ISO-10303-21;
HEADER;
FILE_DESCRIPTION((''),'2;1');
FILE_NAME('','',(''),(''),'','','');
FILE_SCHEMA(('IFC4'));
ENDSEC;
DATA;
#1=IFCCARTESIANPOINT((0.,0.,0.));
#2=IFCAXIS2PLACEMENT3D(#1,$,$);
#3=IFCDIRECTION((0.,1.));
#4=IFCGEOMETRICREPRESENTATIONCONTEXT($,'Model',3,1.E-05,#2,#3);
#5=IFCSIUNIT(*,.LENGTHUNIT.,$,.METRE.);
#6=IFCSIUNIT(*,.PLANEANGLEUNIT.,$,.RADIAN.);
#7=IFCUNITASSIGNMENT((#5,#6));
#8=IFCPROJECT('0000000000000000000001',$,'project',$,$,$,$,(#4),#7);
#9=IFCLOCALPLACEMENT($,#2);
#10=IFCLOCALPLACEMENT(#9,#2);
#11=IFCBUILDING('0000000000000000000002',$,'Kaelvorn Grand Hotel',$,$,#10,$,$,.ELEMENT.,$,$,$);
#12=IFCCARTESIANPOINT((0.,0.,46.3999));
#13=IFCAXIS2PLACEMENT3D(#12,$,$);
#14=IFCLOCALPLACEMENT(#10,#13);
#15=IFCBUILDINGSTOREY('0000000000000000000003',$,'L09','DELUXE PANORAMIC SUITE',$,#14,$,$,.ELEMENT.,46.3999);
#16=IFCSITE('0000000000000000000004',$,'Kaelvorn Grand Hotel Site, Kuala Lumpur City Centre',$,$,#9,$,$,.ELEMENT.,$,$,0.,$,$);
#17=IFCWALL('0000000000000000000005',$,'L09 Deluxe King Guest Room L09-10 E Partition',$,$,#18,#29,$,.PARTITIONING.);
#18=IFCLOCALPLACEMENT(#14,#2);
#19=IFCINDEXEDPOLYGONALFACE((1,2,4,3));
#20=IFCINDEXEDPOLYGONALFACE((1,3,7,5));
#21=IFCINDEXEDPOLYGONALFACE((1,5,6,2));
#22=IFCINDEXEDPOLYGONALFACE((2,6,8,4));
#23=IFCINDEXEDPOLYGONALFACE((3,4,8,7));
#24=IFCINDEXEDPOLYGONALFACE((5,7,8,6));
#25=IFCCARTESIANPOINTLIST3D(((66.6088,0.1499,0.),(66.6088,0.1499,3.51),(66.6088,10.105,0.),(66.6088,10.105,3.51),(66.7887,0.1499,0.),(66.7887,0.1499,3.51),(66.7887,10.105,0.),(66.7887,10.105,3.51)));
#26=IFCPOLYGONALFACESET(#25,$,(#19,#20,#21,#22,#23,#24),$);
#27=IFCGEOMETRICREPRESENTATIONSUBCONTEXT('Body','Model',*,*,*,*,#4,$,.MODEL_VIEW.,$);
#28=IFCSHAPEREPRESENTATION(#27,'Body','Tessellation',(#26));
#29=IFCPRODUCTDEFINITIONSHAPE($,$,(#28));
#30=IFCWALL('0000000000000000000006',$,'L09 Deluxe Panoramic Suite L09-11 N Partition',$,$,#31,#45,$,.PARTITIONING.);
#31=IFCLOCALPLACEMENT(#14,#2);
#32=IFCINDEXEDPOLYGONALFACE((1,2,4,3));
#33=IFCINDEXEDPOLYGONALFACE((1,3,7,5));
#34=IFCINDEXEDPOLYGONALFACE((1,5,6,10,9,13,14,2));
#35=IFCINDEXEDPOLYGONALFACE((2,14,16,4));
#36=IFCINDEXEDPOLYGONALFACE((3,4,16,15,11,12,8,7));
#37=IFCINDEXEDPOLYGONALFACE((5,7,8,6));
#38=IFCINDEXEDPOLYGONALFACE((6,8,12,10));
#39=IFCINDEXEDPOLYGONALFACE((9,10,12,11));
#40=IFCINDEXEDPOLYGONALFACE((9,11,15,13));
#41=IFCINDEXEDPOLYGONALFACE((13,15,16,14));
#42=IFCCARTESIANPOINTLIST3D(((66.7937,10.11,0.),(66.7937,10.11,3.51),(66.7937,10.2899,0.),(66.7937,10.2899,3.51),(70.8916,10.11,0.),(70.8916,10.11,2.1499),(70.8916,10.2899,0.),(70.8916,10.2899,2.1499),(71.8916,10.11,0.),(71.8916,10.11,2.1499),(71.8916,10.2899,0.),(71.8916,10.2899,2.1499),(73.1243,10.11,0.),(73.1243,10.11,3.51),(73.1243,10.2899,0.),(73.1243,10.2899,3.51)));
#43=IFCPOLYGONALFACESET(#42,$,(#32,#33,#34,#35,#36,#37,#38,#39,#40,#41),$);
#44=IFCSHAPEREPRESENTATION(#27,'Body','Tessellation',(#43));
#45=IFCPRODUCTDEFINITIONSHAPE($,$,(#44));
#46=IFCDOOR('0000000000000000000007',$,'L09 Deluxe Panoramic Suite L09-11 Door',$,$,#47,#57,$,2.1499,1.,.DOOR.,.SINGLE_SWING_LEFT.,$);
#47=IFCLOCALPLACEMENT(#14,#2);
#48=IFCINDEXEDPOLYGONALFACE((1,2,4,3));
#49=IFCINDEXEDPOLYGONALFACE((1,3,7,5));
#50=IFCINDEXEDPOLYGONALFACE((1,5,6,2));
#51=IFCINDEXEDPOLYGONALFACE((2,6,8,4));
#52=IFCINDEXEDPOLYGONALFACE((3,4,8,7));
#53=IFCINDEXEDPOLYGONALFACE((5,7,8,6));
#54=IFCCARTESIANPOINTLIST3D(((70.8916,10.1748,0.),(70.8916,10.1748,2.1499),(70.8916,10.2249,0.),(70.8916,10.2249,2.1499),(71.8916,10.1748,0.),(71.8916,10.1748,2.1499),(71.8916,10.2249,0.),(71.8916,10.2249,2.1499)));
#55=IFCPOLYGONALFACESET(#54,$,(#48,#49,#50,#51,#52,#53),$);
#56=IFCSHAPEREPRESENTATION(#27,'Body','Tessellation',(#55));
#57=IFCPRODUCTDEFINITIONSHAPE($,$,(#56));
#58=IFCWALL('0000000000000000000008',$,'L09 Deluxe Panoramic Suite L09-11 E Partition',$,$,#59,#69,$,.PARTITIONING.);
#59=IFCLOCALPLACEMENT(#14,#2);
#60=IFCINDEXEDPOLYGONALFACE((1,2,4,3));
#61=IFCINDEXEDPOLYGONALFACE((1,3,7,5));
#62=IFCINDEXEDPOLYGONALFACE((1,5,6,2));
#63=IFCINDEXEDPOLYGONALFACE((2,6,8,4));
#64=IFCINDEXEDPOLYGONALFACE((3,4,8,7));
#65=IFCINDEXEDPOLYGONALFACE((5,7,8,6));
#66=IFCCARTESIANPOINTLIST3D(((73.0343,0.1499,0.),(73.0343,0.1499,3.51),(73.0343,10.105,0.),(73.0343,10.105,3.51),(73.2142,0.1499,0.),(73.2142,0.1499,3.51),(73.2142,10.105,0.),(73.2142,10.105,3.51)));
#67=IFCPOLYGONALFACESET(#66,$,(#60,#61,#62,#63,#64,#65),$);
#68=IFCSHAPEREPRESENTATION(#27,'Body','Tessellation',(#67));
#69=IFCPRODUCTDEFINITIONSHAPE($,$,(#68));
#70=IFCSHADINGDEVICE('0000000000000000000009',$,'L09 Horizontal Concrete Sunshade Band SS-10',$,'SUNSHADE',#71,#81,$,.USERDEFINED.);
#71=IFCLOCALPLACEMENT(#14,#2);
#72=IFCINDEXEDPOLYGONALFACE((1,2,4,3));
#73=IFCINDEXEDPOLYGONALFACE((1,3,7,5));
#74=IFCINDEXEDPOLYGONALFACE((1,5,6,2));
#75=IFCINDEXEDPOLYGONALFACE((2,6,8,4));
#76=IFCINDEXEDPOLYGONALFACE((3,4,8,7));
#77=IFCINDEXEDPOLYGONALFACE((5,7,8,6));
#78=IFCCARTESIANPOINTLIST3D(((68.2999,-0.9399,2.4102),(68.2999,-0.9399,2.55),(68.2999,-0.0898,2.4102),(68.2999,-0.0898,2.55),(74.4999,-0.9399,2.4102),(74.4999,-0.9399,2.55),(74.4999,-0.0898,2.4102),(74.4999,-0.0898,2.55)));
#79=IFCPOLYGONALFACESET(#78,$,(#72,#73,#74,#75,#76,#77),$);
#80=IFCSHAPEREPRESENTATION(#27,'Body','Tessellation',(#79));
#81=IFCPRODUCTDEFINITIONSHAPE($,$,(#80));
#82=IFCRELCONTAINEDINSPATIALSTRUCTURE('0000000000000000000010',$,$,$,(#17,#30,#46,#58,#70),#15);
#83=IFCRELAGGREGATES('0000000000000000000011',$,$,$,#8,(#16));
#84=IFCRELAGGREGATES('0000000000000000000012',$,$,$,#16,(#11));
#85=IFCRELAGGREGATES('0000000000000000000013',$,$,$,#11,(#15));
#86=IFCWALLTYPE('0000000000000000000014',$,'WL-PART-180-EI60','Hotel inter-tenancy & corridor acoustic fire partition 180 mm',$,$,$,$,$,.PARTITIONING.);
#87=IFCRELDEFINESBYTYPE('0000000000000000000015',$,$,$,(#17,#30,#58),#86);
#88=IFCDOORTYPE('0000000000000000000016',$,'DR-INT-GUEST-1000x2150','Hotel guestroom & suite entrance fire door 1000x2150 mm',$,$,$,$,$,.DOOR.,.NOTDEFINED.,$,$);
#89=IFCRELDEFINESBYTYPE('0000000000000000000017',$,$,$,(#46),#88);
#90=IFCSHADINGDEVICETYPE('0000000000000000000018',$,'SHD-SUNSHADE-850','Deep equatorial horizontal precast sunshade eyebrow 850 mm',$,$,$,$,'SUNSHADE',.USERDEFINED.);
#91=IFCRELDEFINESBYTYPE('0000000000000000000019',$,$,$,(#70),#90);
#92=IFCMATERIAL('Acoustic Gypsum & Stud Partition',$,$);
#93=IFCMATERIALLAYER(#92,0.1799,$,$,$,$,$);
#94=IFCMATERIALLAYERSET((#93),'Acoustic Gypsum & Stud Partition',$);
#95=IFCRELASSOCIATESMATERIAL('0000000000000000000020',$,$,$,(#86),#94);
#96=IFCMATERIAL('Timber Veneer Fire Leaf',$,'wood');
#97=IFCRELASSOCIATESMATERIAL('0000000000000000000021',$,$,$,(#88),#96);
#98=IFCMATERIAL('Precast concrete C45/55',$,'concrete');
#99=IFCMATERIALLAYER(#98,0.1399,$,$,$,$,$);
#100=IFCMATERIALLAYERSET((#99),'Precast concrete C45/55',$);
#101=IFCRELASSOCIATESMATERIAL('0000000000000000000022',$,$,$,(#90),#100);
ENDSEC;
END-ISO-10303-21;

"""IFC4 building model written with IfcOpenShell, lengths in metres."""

from ifc_helpers import new_model, si_unit, direction, frame, frame_2d, origin, origin_2d, place, context, subcontext, project, spatial, rectangle, extrude, material, layer, layer_set, type_object, element, fill, save


model = new_model("IFC4")

# Units and contexts
model_context = context("Model", 3, precision=1e-05, world=origin(), true_north=direction((0.0, 1.0)))
body_context = subcontext(model_context, "Body", "Model", "MODEL_VIEW")
ifc_project = project(units=[si_unit("LENGTHUNIT", "METRE"), si_unit("PLANEANGLEUNIT", "RADIAN")], contexts=[model_context])

# Site, building, storey
site_placement = place(None, origin())
site = spatial("IfcSite", under=ifc_project, at=site_placement, Name="Kaelvorn Grand Hotel Site, Kuala Lumpur City Centre", CompositionType="ELEMENT", RefElevation=0.0)
building_placement = place(site_placement, origin())
building = spatial("IfcBuilding", under=site, at=building_placement, Name="Kaelvorn Grand Hotel", CompositionType="ELEMENT")
storey_placement = place(building_placement, frame((0.0, 0.0, 46.3999)))
storey = spatial("IfcBuildingStorey", under=building, at=storey_placement, Name="L09", Description="DELUXE PANORAMIC SUITE", CompositionType="ELEMENT", Elevation=46.3999)

# Wall
ifc_material_1 = material(Name="Acoustic Gypsum & Stud Partition")
ifc_layer_1 = layer(ifc_material_1, 0.1799)
ifc_layer_set_1 = layer_set([ifc_layer_1], Name="Acoustic Gypsum & Stud Partition")
wall_type_1 = type_object("IfcWallType", Name="WL-PART-180-EI60", Description="Hotel inter-tenancy & corridor acoustic fire partition 180 mm", PredefinedType="PARTITIONING", material=ifc_layer_set_1)
wall_1_placement = place(storey_placement, frame((66.6987, 0.1499, 0.0), z_axis=(0.0, 0.0, 1.0), x_axis=(0.0, 1.0, 0.0)))
element("IfcWall", 1, at=wall_1_placement, inside=storey, type_object=wall_type_1, Name="L09 Deluxe King Guest Room L09-10 E Partition", PredefinedType="PARTITIONING", context=body_context, shape_type="SweptSolid", body=[
    extrude(rectangle(XDim=9.9551, YDim=0.1799, at=frame_2d((4.9775, 0.0))), origin(), (0.0, 0.0, 1.0), 3.51),
])

# Wall, opening, door
wall_2_placement = place(storey_placement, frame((66.7937, 10.2, 0.0), z_axis=(0.0, 0.0, 1.0), x_axis=(1.0, 0.0, 0.0)))
wall_2 = element("IfcWall", 2, at=wall_2_placement, inside=storey, type_object=wall_type_1, Name="L09 Deluxe Panoramic Suite L09-11 N Partition", PredefinedType="PARTITIONING", context=body_context, shape_type="SweptSolid", body=[
    extrude(rectangle(XDim=6.3306, YDim=0.1799, at=frame_2d((3.1653, 0.0))), origin(), (0.0, 0.0, 1.0), 3.51),
])
opening_1_placement = place(wall_2_placement, frame((4.0979, 0.0, 0.0)))
opening_1 = element("IfcOpeningElement", 3, at=opening_1_placement, cuts=wall_2, PredefinedType="OPENING", context=body_context, shape_type="SweptSolid", body=[
    extrude(rectangle(XDim=1.0, YDim=2.1499, at=frame_2d((0.5, 1.075))), frame((0.0, 0.1001, 0.0), z_axis=(0.0, -1.0, 0.0), x_axis=(1.0, 0.0, 0.0)), (0.0, 0.0, 1.0), 0.2),
])
ifc_material_2 = material(Name="Timber Veneer Fire Leaf", Category="wood")
door_type_1 = type_object("IfcDoorType", Name="DR-INT-GUEST-1000x2150", Description="Hotel guestroom & suite entrance fire door 1000x2150 mm", OperationType="NOTDEFINED", PredefinedType="DOOR", material=ifc_material_2)
door_1_placement = place(opening_1_placement, origin())
door_1 = element("IfcDoor", 4, at=door_1_placement, inside=storey, type_object=door_type_1, Name="L09 Deluxe Panoramic Suite L09-11 Door", OperationType="SINGLE_SWING_LEFT", OverallHeight=2.1499, OverallWidth=1.0, PredefinedType="DOOR", context=body_context, shape_type="SweptSolid", body=[
    extrude(rectangle(XDim=1.0, YDim=2.1499, at=frame_2d((0.5, 1.075))), frame((0.0, 0.0249, 0.0), z_axis=(0.0, -1.0, 0.0), x_axis=(1.0, 0.0, 0.0)), (0.0, 0.0, 1.0), 0.05),
])
fill(opening_1, door_1)

# Wall
wall_3_placement = place(storey_placement, frame((73.1243, 0.1499, 0.0), z_axis=(0.0, 0.0, 1.0), x_axis=(0.0, 1.0, 0.0)))
element("IfcWall", 5, at=wall_3_placement, inside=storey, type_object=wall_type_1, Name="L09 Deluxe Panoramic Suite L09-11 E Partition", PredefinedType="PARTITIONING", context=body_context, shape_type="SweptSolid", body=[
    extrude(rectangle(XDim=9.9551, YDim=0.1799, at=frame_2d((4.9775, 0.0))), origin(), (0.0, 0.0, 1.0), 3.51),
])

# Shading device
ifc_material_3 = material(Name="Precast concrete C45/55", Category="concrete")
ifc_layer_2 = layer(ifc_material_3, 0.1399)
ifc_layer_set_2 = layer_set([ifc_layer_2], Name="Precast concrete C45/55")
shading_device_type = type_object("IfcShadingDeviceType", Name="SHD-SUNSHADE-850", Description="Deep equatorial horizontal precast sunshade eyebrow 850 mm", ElementType="SUNSHADE", PredefinedType="USERDEFINED", material=ifc_layer_set_2)
shading_device_placement = place(storey_placement, frame((71.3999, -0.5149, 2.4102), z_axis=(0.0, 0.0, 1.0), x_axis=(1.0, 0.0, 0.0)))
element("IfcShadingDevice", 6, at=shading_device_placement, inside=storey, type_object=shading_device_type, Name="L09 Horizontal Concrete Sunshade Band SS-10", ObjectType="SUNSHADE", PredefinedType="USERDEFINED", context=body_context, shape_type="SweptSolid", body=[
    extrude(rectangle(XDim=6.2, YDim=0.8501, at=origin_2d()), origin(), (0.0, 0.0, 1.0), 0.1399),
])

save(model, "model.ifc")
